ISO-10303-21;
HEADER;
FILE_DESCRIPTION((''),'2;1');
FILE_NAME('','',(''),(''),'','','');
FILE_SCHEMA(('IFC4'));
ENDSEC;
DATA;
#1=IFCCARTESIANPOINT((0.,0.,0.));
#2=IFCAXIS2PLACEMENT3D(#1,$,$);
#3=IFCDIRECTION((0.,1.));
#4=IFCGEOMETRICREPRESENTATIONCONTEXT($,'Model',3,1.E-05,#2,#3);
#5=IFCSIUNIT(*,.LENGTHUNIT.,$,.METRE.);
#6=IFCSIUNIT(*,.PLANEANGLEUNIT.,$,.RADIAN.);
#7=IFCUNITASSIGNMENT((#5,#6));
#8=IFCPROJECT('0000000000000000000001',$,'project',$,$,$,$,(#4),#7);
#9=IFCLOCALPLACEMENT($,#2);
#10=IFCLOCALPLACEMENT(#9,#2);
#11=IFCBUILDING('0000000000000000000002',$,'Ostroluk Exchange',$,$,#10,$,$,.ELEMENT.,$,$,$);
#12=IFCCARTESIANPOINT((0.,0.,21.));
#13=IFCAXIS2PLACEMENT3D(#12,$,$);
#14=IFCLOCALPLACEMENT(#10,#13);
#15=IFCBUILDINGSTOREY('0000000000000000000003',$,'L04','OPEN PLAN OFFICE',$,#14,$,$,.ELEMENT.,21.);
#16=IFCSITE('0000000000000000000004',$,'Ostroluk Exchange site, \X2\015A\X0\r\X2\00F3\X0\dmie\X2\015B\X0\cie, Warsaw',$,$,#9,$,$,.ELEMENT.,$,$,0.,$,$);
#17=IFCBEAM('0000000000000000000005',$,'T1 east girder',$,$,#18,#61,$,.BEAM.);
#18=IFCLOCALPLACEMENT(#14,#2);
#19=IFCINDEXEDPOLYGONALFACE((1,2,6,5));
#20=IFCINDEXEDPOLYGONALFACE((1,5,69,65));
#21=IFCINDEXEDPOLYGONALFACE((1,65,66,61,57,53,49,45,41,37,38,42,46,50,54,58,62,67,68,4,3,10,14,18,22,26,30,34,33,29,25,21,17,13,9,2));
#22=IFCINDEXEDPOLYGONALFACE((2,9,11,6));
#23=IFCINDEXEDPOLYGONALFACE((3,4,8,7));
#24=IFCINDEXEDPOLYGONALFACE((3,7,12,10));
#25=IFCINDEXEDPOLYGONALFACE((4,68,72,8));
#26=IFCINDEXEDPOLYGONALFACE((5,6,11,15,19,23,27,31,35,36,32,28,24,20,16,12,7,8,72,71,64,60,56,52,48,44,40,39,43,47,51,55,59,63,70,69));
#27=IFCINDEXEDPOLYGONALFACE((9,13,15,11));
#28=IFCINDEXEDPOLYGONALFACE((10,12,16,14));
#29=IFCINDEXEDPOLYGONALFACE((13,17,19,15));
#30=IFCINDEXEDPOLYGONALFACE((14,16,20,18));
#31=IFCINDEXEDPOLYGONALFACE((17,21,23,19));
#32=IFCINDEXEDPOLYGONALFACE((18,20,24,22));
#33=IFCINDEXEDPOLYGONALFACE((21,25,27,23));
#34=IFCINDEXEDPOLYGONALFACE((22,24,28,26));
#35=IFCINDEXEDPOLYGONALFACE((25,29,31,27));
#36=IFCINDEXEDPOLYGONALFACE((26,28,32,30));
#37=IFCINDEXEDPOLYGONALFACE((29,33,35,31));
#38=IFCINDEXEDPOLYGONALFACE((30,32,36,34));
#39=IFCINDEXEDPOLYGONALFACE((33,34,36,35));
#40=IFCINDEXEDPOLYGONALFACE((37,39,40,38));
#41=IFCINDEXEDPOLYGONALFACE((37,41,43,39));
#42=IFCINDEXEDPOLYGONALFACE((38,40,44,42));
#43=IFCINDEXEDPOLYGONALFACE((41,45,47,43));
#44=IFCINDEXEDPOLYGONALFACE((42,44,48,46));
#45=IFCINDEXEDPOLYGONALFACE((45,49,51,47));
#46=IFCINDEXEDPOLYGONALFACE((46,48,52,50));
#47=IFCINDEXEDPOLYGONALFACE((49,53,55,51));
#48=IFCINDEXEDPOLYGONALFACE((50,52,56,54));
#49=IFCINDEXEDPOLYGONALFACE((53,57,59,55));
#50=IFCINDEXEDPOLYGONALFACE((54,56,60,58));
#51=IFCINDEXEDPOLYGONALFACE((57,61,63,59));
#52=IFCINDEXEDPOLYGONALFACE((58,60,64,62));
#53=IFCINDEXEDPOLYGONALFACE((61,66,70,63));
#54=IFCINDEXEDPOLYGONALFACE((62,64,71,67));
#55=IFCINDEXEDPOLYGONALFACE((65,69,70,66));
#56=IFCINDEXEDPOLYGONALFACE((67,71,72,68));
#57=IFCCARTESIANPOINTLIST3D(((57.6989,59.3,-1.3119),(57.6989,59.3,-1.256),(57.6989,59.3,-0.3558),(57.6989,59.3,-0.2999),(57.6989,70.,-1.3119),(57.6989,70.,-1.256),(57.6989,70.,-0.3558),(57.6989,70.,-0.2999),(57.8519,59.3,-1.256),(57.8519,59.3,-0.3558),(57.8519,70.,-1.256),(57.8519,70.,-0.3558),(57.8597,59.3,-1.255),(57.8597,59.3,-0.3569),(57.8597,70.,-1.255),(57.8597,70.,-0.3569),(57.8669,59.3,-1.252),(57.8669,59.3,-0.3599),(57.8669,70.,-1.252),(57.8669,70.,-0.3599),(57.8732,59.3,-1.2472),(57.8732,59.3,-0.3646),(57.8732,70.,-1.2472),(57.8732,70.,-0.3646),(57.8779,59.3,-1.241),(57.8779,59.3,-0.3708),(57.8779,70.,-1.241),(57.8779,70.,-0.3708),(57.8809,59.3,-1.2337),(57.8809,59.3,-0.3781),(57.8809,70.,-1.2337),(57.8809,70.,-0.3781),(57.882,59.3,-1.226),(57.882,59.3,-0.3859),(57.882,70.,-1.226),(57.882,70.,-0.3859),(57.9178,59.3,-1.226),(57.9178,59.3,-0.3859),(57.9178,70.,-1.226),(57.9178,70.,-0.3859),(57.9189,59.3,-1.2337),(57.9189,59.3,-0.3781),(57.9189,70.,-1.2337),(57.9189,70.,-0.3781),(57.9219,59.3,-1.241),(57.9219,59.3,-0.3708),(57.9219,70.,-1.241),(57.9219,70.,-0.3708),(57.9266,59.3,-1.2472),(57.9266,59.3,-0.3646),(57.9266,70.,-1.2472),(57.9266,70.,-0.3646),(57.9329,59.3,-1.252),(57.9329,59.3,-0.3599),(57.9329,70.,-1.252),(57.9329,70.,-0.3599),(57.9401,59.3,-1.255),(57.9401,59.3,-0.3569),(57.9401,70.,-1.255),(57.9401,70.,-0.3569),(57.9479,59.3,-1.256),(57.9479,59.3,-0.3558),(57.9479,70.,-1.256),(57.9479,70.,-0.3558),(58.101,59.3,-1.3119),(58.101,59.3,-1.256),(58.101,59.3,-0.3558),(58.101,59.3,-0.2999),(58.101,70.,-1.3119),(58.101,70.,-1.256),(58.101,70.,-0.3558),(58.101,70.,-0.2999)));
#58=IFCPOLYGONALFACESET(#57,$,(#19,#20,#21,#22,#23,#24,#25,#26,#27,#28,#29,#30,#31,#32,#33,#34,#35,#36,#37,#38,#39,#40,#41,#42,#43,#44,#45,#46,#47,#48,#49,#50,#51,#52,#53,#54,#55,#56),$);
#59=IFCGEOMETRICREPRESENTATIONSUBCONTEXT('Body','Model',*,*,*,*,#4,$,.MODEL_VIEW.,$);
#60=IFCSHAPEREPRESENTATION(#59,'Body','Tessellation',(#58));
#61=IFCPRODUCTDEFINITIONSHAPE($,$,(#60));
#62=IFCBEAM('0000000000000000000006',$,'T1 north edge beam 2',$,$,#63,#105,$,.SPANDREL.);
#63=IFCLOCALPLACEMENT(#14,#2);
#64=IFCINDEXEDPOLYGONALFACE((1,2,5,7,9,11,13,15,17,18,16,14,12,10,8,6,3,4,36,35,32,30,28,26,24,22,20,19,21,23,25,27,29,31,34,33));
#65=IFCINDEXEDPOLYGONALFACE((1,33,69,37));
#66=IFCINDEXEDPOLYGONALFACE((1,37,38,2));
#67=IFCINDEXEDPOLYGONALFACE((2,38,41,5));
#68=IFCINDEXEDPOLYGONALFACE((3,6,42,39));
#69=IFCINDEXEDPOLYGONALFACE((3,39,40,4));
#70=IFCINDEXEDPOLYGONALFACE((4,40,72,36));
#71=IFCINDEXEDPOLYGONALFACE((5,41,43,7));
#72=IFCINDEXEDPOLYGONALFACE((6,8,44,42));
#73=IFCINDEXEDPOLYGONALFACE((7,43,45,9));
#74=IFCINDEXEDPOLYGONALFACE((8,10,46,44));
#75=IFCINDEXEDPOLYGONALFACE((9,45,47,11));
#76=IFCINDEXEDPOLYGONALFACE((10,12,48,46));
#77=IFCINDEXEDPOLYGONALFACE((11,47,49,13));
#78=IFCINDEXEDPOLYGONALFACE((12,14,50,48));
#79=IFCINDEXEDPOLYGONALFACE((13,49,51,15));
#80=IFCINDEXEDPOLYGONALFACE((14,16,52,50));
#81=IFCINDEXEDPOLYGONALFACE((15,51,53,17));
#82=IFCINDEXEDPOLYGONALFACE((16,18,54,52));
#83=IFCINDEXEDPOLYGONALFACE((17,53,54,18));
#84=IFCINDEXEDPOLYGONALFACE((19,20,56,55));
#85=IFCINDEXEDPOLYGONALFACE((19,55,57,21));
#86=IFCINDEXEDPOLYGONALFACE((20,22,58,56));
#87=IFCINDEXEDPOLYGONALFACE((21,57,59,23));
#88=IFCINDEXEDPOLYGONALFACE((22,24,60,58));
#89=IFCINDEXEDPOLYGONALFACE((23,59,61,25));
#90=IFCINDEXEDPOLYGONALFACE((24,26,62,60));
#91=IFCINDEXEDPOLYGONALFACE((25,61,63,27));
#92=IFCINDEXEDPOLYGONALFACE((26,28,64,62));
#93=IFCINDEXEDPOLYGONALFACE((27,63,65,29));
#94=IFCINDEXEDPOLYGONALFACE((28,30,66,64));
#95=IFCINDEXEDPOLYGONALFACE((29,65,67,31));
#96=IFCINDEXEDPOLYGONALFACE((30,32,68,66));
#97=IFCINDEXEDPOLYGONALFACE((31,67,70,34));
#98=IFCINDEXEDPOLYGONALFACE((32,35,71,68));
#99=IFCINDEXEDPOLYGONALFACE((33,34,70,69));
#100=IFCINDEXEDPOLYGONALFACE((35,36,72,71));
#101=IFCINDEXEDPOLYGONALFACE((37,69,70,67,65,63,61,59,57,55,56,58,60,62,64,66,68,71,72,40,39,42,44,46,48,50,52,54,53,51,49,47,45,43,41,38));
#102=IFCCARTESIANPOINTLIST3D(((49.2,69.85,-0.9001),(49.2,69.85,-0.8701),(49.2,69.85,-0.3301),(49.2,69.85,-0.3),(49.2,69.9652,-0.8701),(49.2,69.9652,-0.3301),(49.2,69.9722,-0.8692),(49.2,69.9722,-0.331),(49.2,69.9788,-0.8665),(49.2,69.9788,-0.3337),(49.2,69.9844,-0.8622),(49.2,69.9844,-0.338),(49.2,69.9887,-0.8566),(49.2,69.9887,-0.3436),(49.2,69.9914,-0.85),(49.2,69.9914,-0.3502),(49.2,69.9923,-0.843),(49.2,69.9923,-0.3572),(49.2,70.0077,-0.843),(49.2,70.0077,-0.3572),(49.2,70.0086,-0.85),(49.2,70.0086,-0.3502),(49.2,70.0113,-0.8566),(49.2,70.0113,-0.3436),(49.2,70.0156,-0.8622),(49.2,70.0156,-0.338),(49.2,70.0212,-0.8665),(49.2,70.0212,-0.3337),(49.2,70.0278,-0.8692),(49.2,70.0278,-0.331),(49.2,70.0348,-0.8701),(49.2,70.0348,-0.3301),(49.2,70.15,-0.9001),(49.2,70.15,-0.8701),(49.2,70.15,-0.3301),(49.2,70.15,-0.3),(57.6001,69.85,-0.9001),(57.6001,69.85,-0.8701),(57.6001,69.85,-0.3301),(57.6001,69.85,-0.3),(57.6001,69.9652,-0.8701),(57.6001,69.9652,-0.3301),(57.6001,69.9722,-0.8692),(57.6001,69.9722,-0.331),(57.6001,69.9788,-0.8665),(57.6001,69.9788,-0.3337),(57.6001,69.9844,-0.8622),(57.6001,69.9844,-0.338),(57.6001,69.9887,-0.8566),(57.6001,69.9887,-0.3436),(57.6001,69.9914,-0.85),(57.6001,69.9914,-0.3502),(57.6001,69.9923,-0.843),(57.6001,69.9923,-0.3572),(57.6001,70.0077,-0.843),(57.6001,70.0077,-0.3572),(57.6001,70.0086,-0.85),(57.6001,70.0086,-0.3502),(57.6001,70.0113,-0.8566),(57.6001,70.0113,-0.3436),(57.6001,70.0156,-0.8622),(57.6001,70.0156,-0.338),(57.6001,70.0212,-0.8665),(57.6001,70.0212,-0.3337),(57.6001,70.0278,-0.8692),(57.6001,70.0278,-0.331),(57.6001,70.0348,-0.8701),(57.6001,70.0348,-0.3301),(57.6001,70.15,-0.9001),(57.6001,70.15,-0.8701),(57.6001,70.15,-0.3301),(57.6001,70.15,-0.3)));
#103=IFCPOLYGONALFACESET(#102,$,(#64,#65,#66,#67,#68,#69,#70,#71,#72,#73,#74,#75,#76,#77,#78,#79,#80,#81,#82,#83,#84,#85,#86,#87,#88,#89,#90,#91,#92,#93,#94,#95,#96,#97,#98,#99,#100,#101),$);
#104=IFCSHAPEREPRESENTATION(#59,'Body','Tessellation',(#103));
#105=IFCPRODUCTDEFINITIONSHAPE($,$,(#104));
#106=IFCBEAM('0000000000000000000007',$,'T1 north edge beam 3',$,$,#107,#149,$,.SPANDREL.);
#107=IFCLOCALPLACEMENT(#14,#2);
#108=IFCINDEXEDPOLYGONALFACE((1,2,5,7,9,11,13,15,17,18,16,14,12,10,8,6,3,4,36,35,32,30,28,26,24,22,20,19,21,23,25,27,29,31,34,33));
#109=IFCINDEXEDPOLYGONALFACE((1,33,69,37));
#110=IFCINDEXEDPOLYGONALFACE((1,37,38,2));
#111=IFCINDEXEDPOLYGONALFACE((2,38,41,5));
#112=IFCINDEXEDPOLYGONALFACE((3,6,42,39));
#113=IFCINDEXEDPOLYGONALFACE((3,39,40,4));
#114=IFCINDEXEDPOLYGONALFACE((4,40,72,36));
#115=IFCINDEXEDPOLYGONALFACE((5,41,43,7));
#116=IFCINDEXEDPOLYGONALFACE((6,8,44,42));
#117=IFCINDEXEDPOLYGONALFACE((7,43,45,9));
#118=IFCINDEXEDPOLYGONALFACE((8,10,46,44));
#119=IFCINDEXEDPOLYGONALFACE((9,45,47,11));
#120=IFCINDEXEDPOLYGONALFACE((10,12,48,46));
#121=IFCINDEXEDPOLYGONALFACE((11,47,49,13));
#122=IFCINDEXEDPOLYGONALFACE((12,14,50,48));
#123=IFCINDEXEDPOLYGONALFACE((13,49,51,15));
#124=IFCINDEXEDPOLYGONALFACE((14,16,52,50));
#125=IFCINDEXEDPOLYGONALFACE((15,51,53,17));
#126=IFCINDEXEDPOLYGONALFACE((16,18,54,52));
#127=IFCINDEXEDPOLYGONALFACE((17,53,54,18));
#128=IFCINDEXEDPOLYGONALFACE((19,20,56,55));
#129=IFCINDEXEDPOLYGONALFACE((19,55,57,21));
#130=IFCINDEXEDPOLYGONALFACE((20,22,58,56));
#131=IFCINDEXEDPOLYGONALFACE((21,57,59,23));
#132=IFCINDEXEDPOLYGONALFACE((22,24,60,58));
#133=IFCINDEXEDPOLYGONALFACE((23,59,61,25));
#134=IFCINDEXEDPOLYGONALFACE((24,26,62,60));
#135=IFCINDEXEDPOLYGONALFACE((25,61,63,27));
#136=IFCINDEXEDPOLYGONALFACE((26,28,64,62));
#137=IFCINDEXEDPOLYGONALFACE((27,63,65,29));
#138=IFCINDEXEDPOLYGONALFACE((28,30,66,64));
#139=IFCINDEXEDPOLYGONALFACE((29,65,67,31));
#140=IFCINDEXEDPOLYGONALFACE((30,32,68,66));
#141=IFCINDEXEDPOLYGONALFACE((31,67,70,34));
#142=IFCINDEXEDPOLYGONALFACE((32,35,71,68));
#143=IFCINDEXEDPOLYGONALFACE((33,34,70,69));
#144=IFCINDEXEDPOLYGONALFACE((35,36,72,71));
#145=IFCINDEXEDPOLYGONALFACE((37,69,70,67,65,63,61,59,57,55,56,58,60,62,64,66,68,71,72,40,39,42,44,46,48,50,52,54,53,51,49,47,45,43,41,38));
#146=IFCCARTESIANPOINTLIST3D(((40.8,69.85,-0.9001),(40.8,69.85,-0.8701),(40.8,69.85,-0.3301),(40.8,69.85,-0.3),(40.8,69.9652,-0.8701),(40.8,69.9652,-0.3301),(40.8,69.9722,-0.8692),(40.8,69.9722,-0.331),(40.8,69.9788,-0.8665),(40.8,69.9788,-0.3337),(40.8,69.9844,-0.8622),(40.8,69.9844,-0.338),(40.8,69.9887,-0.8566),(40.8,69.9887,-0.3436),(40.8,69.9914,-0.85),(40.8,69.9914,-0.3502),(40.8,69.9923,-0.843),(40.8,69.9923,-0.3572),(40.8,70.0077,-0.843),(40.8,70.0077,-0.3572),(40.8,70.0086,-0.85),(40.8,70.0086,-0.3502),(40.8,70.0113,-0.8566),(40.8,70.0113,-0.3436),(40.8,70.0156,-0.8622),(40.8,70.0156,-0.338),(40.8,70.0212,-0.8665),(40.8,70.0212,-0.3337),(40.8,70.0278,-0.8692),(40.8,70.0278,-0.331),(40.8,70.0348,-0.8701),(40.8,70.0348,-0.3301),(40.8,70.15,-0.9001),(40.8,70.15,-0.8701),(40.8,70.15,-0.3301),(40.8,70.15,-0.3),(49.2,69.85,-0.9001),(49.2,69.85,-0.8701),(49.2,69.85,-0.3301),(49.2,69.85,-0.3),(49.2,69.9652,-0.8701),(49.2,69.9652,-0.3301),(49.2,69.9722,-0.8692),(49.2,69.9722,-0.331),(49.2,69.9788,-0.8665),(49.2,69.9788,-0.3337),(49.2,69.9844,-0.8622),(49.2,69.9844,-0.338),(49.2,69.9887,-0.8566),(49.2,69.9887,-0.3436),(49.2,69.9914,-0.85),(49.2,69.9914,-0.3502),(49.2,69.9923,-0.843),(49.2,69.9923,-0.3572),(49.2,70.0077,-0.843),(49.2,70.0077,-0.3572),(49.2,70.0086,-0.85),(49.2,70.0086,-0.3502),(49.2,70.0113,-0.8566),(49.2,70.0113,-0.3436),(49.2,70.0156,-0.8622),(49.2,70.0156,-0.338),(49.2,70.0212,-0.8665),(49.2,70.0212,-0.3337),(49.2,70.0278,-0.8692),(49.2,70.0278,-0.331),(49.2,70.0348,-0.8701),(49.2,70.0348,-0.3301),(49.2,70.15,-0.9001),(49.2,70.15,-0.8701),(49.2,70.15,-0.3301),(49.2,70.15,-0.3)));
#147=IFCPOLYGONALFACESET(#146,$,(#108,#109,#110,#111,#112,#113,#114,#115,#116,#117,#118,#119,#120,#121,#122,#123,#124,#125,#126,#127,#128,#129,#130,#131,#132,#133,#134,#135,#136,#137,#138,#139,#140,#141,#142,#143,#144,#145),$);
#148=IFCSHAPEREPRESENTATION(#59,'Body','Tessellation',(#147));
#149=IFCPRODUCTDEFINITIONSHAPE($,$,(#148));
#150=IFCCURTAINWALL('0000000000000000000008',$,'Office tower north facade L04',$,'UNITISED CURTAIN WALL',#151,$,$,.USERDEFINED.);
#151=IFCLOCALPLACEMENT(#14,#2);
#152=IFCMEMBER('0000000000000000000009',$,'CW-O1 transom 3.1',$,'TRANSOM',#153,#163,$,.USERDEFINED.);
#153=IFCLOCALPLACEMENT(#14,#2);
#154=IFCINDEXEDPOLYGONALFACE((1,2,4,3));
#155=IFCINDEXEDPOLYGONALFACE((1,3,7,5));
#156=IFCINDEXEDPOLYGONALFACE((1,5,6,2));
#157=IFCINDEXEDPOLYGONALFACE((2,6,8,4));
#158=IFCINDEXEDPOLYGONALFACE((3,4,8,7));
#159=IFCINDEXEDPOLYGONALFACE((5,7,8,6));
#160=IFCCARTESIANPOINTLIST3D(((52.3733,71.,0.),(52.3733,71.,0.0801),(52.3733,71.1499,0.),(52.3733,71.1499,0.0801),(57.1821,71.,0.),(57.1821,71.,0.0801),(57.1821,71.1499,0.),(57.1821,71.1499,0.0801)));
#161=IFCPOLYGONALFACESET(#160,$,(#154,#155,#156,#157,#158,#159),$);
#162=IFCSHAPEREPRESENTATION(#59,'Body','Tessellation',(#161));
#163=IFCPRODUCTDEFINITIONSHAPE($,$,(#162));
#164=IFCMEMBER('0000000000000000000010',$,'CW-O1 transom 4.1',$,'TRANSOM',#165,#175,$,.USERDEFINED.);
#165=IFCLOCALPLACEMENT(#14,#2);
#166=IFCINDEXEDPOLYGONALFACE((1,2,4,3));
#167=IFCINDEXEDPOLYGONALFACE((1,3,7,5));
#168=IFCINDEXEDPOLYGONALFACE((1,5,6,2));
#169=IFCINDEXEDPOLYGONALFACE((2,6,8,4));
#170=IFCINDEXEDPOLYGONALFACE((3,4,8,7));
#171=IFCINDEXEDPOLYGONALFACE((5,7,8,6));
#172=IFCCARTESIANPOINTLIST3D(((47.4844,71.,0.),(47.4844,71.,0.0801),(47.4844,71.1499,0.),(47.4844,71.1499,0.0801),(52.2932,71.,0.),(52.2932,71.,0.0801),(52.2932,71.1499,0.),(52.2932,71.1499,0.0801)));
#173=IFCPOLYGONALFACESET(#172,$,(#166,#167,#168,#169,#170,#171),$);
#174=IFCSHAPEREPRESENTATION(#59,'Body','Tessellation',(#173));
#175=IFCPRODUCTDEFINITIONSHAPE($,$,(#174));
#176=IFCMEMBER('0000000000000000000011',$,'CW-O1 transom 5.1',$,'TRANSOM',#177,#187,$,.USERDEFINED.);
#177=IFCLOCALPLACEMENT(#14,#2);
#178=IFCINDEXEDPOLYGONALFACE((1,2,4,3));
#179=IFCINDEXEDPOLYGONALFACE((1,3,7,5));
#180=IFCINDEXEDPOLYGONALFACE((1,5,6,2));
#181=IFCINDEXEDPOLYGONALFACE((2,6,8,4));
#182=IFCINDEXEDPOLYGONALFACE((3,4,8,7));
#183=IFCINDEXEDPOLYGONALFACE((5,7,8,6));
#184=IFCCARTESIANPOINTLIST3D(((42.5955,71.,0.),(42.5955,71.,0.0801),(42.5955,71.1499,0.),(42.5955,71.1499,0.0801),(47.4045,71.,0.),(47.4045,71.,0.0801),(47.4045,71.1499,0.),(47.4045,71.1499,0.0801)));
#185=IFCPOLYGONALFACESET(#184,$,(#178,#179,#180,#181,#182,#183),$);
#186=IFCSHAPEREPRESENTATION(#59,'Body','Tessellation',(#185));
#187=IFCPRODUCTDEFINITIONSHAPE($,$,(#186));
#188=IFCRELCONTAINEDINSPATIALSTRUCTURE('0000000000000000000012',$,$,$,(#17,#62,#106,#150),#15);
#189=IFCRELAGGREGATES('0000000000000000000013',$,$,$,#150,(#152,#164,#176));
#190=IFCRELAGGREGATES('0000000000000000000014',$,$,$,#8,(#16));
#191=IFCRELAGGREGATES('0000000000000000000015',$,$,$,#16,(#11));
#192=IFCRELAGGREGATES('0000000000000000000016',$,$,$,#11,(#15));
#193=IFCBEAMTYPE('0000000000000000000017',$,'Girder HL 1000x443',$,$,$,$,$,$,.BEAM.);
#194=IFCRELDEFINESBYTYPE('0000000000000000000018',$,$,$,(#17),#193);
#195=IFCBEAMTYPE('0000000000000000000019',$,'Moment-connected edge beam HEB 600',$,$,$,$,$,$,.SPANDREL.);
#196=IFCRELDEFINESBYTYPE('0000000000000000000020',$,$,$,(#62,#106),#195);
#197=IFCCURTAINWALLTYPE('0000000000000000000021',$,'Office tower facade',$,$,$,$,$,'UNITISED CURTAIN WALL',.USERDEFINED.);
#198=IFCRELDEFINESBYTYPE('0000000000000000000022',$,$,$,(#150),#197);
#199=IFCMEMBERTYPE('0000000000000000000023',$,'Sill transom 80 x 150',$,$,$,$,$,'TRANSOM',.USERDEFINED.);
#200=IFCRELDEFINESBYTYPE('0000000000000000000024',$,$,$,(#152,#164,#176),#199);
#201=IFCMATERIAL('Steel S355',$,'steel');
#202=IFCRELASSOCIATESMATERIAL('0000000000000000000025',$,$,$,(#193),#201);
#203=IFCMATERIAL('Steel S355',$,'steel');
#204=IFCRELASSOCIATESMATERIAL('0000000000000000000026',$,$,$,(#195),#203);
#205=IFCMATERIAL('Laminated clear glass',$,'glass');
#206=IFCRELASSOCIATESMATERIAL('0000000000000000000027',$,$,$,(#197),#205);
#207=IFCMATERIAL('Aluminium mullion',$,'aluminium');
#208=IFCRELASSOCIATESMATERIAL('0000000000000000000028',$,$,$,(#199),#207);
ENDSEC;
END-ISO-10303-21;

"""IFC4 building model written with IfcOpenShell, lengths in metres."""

from ifc_helpers import new_model, si_unit, direction, frame, origin, origin_2d, place, context, subcontext, project, spatial, rectangle, i_section, extrude, material, material_profile, profile_set, type_object, element, aggregate, save


model = new_model("IFC4")

# Units and contexts
model_context = context("Model", 3, precision=1e-05, world=origin(), true_north=direction((0.0, 1.0)))
body_context = subcontext(model_context, "Body", "Model", "MODEL_VIEW")
ifc_project = project(units=[si_unit("LENGTHUNIT", "METRE"), si_unit("PLANEANGLEUNIT", "RADIAN")], contexts=[model_context])

# Site, building, storey
site_placement = place(None, origin())
site = spatial("IfcSite", under=ifc_project, at=site_placement, Name="Ostroluk Exchange site, Śródmieście, Warsaw", CompositionType="ELEMENT", RefElevation=0.0)
building_placement = place(site_placement, origin())
building = spatial("IfcBuilding", under=site, at=building_placement, Name="Ostroluk Exchange", CompositionType="ELEMENT")
storey_placement = place(building_placement, frame((0.0, 0.0, 21.0)))
storey = spatial("IfcBuildingStorey", under=building, at=storey_placement, Name="L04", Description="OPEN PLAN OFFICE", CompositionType="ELEMENT", Elevation=21.0)

# Beams
ifc_material_1 = material(Name="Steel S355", Category="steel")
ifc_material_profile_1 = material_profile(ifc_material_1, i_section(OverallWidth=0.4021, OverallDepth=1.012, WebThickness=0.0359, FlangeThickness=0.0559, FilletRadius=0.03, at=origin_2d()), Name="HL 1000x443")
ifc_profile_set_1 = profile_set([ifc_material_profile_1], Name="Steel S355")
beam_type_1 = type_object("IfcBeamType", Name="Girder HL 1000x443", PredefinedType="BEAM", material=ifc_profile_set_1)
beam_1_placement = place(storey_placement, frame((57.8999, 59.3, -0.8059), z_axis=(0.0, 1.0, 0.0), x_axis=(-1.0, 0.0, 0.0)))
element("IfcBeam", 1, at=beam_1_placement, inside=storey, type_object=beam_type_1, Name="T1 east girder", PredefinedType="BEAM", context=body_context, shape_type="SweptSolid", body=[
    extrude(i_section(OverallWidth=0.4021, OverallDepth=1.012, WebThickness=0.0359, FlangeThickness=0.0559, FilletRadius=0.03, at=origin_2d()), origin(), (0.0, 0.0, 1.0), 10.7),
])
ifc_material_2 = material(Name="Steel S355", Category="steel")
ifc_material_profile_2 = material_profile(ifc_material_2, i_section(OverallWidth=0.3, OverallDepth=0.6001, WebThickness=0.0154, FlangeThickness=0.03, FilletRadius=0.0271, at=origin_2d()), Name="HEB 600")
ifc_profile_set_2 = profile_set([ifc_material_profile_2], Name="Steel S355")
beam_type_2 = type_object("IfcBeamType", Name="Moment-connected edge beam HEB 600", PredefinedType="SPANDREL", material=ifc_profile_set_2)
beam_2_placement = place(storey_placement, frame((57.6001, 70.0, -0.6001), z_axis=(-1.0, 0.0, 0.0), x_axis=(0.0, -1.0, 0.0)))
element("IfcBeam", 2, at=beam_2_placement, inside=storey, type_object=beam_type_2, Name="T1 north edge beam 2", PredefinedType="SPANDREL", context=body_context, shape_type="SweptSolid", body=[
    extrude(i_section(OverallWidth=0.3, OverallDepth=0.6001, WebThickness=0.0154, FlangeThickness=0.03, FilletRadius=0.0271, at=origin_2d()), origin(), (0.0, 0.0, 1.0), 8.4001),
])
beam_3_placement = place(storey_placement, frame((49.2, 70.0, -0.6001), z_axis=(-1.0, 0.0, 0.0), x_axis=(0.0, -1.0, 0.0)))
element("IfcBeam", 3, at=beam_3_placement, inside=storey, type_object=beam_type_2, Name="T1 north edge beam 3", PredefinedType="SPANDREL", context=body_context, shape_type="SweptSolid", body=[
    extrude(i_section(OverallWidth=0.3, OverallDepth=0.6001, WebThickness=0.0154, FlangeThickness=0.03, FilletRadius=0.0271, at=origin_2d()), origin(), (0.0, 0.0, 1.0), 8.3999),
])

# Curtain wall, members
ifc_material_3 = material(Name="Laminated clear glass", Category="glass")
curtain_wall_type = type_object("IfcCurtainWallType", Name="Office tower facade", ElementType="UNITISED CURTAIN WALL", PredefinedType="USERDEFINED", material=ifc_material_3)
curtain_wall_placement = place(storey_placement, origin())
curtain_wall = element("IfcCurtainWall", 4, at=curtain_wall_placement, inside=storey, type_object=curtain_wall_type, Name="Office tower north facade L04", ObjectType="UNITISED CURTAIN WALL", PredefinedType="USERDEFINED")
ifc_material_4 = material(Name="Aluminium mullion", Category="aluminium")
ifc_material_profile_3 = material_profile(ifc_material_4, rectangle(XDim=0.1499, YDim=0.0801, at=origin_2d()), Name="Sill transom 80 x 150")
ifc_profile_set_3 = profile_set([ifc_material_profile_3], Name="Aluminium mullion")
member_type_1 = type_object("IfcMemberType", Name="Sill transom 80 x 150", ElementType="TRANSOM", PredefinedType="USERDEFINED", material=ifc_profile_set_3)
member_1_placement = place(storey_placement, frame((57.1821, 71.075, 0.04), z_axis=(-1.0, 0.0, 0.0), x_axis=(0.0, -1.0, 0.0)))
member_1 = element("IfcMember", 5, at=member_1_placement, type_object=member_type_1, Name="CW-O1 transom 3.1", ObjectType="TRANSOM", PredefinedType="USERDEFINED", context=body_context, shape_type="SweptSolid", body=[
    extrude(rectangle(XDim=0.1499, YDim=0.0801, at=origin_2d()), origin(), (0.0, 0.0, 1.0), 4.8088),
])
member_2_placement = place(storey_placement, frame((52.2932, 71.075, 0.04), z_axis=(-1.0, 0.0, 0.0), x_axis=(0.0, -1.0, 0.0)))
member_2 = element("IfcMember", 6, at=member_2_placement, type_object=member_type_1, Name="CW-O1 transom 4.1", ObjectType="TRANSOM", PredefinedType="USERDEFINED", context=body_context, shape_type="SweptSolid", body=[
    extrude(rectangle(XDim=0.1499, YDim=0.0801, at=origin_2d()), origin(), (0.0, 0.0, 1.0), 4.8088),
])
member_3_placement = place(storey_placement, frame((47.4045, 71.075, 0.04), z_axis=(-1.0, 0.0, 0.0), x_axis=(0.0, -1.0, 0.0)))
member_3 = element("IfcMember", 7, at=member_3_placement, type_object=member_type_1, Name="CW-O1 transom 5.1", ObjectType="TRANSOM", PredefinedType="USERDEFINED", context=body_context, shape_type="SweptSolid", body=[
    extrude(rectangle(XDim=0.1499, YDim=0.0801, at=origin_2d()), origin(), (0.0, 0.0, 1.0), 4.8091),
])
aggregate(curtain_wall, [member_1, member_2, member_3])

save(model, "model.ifc")
